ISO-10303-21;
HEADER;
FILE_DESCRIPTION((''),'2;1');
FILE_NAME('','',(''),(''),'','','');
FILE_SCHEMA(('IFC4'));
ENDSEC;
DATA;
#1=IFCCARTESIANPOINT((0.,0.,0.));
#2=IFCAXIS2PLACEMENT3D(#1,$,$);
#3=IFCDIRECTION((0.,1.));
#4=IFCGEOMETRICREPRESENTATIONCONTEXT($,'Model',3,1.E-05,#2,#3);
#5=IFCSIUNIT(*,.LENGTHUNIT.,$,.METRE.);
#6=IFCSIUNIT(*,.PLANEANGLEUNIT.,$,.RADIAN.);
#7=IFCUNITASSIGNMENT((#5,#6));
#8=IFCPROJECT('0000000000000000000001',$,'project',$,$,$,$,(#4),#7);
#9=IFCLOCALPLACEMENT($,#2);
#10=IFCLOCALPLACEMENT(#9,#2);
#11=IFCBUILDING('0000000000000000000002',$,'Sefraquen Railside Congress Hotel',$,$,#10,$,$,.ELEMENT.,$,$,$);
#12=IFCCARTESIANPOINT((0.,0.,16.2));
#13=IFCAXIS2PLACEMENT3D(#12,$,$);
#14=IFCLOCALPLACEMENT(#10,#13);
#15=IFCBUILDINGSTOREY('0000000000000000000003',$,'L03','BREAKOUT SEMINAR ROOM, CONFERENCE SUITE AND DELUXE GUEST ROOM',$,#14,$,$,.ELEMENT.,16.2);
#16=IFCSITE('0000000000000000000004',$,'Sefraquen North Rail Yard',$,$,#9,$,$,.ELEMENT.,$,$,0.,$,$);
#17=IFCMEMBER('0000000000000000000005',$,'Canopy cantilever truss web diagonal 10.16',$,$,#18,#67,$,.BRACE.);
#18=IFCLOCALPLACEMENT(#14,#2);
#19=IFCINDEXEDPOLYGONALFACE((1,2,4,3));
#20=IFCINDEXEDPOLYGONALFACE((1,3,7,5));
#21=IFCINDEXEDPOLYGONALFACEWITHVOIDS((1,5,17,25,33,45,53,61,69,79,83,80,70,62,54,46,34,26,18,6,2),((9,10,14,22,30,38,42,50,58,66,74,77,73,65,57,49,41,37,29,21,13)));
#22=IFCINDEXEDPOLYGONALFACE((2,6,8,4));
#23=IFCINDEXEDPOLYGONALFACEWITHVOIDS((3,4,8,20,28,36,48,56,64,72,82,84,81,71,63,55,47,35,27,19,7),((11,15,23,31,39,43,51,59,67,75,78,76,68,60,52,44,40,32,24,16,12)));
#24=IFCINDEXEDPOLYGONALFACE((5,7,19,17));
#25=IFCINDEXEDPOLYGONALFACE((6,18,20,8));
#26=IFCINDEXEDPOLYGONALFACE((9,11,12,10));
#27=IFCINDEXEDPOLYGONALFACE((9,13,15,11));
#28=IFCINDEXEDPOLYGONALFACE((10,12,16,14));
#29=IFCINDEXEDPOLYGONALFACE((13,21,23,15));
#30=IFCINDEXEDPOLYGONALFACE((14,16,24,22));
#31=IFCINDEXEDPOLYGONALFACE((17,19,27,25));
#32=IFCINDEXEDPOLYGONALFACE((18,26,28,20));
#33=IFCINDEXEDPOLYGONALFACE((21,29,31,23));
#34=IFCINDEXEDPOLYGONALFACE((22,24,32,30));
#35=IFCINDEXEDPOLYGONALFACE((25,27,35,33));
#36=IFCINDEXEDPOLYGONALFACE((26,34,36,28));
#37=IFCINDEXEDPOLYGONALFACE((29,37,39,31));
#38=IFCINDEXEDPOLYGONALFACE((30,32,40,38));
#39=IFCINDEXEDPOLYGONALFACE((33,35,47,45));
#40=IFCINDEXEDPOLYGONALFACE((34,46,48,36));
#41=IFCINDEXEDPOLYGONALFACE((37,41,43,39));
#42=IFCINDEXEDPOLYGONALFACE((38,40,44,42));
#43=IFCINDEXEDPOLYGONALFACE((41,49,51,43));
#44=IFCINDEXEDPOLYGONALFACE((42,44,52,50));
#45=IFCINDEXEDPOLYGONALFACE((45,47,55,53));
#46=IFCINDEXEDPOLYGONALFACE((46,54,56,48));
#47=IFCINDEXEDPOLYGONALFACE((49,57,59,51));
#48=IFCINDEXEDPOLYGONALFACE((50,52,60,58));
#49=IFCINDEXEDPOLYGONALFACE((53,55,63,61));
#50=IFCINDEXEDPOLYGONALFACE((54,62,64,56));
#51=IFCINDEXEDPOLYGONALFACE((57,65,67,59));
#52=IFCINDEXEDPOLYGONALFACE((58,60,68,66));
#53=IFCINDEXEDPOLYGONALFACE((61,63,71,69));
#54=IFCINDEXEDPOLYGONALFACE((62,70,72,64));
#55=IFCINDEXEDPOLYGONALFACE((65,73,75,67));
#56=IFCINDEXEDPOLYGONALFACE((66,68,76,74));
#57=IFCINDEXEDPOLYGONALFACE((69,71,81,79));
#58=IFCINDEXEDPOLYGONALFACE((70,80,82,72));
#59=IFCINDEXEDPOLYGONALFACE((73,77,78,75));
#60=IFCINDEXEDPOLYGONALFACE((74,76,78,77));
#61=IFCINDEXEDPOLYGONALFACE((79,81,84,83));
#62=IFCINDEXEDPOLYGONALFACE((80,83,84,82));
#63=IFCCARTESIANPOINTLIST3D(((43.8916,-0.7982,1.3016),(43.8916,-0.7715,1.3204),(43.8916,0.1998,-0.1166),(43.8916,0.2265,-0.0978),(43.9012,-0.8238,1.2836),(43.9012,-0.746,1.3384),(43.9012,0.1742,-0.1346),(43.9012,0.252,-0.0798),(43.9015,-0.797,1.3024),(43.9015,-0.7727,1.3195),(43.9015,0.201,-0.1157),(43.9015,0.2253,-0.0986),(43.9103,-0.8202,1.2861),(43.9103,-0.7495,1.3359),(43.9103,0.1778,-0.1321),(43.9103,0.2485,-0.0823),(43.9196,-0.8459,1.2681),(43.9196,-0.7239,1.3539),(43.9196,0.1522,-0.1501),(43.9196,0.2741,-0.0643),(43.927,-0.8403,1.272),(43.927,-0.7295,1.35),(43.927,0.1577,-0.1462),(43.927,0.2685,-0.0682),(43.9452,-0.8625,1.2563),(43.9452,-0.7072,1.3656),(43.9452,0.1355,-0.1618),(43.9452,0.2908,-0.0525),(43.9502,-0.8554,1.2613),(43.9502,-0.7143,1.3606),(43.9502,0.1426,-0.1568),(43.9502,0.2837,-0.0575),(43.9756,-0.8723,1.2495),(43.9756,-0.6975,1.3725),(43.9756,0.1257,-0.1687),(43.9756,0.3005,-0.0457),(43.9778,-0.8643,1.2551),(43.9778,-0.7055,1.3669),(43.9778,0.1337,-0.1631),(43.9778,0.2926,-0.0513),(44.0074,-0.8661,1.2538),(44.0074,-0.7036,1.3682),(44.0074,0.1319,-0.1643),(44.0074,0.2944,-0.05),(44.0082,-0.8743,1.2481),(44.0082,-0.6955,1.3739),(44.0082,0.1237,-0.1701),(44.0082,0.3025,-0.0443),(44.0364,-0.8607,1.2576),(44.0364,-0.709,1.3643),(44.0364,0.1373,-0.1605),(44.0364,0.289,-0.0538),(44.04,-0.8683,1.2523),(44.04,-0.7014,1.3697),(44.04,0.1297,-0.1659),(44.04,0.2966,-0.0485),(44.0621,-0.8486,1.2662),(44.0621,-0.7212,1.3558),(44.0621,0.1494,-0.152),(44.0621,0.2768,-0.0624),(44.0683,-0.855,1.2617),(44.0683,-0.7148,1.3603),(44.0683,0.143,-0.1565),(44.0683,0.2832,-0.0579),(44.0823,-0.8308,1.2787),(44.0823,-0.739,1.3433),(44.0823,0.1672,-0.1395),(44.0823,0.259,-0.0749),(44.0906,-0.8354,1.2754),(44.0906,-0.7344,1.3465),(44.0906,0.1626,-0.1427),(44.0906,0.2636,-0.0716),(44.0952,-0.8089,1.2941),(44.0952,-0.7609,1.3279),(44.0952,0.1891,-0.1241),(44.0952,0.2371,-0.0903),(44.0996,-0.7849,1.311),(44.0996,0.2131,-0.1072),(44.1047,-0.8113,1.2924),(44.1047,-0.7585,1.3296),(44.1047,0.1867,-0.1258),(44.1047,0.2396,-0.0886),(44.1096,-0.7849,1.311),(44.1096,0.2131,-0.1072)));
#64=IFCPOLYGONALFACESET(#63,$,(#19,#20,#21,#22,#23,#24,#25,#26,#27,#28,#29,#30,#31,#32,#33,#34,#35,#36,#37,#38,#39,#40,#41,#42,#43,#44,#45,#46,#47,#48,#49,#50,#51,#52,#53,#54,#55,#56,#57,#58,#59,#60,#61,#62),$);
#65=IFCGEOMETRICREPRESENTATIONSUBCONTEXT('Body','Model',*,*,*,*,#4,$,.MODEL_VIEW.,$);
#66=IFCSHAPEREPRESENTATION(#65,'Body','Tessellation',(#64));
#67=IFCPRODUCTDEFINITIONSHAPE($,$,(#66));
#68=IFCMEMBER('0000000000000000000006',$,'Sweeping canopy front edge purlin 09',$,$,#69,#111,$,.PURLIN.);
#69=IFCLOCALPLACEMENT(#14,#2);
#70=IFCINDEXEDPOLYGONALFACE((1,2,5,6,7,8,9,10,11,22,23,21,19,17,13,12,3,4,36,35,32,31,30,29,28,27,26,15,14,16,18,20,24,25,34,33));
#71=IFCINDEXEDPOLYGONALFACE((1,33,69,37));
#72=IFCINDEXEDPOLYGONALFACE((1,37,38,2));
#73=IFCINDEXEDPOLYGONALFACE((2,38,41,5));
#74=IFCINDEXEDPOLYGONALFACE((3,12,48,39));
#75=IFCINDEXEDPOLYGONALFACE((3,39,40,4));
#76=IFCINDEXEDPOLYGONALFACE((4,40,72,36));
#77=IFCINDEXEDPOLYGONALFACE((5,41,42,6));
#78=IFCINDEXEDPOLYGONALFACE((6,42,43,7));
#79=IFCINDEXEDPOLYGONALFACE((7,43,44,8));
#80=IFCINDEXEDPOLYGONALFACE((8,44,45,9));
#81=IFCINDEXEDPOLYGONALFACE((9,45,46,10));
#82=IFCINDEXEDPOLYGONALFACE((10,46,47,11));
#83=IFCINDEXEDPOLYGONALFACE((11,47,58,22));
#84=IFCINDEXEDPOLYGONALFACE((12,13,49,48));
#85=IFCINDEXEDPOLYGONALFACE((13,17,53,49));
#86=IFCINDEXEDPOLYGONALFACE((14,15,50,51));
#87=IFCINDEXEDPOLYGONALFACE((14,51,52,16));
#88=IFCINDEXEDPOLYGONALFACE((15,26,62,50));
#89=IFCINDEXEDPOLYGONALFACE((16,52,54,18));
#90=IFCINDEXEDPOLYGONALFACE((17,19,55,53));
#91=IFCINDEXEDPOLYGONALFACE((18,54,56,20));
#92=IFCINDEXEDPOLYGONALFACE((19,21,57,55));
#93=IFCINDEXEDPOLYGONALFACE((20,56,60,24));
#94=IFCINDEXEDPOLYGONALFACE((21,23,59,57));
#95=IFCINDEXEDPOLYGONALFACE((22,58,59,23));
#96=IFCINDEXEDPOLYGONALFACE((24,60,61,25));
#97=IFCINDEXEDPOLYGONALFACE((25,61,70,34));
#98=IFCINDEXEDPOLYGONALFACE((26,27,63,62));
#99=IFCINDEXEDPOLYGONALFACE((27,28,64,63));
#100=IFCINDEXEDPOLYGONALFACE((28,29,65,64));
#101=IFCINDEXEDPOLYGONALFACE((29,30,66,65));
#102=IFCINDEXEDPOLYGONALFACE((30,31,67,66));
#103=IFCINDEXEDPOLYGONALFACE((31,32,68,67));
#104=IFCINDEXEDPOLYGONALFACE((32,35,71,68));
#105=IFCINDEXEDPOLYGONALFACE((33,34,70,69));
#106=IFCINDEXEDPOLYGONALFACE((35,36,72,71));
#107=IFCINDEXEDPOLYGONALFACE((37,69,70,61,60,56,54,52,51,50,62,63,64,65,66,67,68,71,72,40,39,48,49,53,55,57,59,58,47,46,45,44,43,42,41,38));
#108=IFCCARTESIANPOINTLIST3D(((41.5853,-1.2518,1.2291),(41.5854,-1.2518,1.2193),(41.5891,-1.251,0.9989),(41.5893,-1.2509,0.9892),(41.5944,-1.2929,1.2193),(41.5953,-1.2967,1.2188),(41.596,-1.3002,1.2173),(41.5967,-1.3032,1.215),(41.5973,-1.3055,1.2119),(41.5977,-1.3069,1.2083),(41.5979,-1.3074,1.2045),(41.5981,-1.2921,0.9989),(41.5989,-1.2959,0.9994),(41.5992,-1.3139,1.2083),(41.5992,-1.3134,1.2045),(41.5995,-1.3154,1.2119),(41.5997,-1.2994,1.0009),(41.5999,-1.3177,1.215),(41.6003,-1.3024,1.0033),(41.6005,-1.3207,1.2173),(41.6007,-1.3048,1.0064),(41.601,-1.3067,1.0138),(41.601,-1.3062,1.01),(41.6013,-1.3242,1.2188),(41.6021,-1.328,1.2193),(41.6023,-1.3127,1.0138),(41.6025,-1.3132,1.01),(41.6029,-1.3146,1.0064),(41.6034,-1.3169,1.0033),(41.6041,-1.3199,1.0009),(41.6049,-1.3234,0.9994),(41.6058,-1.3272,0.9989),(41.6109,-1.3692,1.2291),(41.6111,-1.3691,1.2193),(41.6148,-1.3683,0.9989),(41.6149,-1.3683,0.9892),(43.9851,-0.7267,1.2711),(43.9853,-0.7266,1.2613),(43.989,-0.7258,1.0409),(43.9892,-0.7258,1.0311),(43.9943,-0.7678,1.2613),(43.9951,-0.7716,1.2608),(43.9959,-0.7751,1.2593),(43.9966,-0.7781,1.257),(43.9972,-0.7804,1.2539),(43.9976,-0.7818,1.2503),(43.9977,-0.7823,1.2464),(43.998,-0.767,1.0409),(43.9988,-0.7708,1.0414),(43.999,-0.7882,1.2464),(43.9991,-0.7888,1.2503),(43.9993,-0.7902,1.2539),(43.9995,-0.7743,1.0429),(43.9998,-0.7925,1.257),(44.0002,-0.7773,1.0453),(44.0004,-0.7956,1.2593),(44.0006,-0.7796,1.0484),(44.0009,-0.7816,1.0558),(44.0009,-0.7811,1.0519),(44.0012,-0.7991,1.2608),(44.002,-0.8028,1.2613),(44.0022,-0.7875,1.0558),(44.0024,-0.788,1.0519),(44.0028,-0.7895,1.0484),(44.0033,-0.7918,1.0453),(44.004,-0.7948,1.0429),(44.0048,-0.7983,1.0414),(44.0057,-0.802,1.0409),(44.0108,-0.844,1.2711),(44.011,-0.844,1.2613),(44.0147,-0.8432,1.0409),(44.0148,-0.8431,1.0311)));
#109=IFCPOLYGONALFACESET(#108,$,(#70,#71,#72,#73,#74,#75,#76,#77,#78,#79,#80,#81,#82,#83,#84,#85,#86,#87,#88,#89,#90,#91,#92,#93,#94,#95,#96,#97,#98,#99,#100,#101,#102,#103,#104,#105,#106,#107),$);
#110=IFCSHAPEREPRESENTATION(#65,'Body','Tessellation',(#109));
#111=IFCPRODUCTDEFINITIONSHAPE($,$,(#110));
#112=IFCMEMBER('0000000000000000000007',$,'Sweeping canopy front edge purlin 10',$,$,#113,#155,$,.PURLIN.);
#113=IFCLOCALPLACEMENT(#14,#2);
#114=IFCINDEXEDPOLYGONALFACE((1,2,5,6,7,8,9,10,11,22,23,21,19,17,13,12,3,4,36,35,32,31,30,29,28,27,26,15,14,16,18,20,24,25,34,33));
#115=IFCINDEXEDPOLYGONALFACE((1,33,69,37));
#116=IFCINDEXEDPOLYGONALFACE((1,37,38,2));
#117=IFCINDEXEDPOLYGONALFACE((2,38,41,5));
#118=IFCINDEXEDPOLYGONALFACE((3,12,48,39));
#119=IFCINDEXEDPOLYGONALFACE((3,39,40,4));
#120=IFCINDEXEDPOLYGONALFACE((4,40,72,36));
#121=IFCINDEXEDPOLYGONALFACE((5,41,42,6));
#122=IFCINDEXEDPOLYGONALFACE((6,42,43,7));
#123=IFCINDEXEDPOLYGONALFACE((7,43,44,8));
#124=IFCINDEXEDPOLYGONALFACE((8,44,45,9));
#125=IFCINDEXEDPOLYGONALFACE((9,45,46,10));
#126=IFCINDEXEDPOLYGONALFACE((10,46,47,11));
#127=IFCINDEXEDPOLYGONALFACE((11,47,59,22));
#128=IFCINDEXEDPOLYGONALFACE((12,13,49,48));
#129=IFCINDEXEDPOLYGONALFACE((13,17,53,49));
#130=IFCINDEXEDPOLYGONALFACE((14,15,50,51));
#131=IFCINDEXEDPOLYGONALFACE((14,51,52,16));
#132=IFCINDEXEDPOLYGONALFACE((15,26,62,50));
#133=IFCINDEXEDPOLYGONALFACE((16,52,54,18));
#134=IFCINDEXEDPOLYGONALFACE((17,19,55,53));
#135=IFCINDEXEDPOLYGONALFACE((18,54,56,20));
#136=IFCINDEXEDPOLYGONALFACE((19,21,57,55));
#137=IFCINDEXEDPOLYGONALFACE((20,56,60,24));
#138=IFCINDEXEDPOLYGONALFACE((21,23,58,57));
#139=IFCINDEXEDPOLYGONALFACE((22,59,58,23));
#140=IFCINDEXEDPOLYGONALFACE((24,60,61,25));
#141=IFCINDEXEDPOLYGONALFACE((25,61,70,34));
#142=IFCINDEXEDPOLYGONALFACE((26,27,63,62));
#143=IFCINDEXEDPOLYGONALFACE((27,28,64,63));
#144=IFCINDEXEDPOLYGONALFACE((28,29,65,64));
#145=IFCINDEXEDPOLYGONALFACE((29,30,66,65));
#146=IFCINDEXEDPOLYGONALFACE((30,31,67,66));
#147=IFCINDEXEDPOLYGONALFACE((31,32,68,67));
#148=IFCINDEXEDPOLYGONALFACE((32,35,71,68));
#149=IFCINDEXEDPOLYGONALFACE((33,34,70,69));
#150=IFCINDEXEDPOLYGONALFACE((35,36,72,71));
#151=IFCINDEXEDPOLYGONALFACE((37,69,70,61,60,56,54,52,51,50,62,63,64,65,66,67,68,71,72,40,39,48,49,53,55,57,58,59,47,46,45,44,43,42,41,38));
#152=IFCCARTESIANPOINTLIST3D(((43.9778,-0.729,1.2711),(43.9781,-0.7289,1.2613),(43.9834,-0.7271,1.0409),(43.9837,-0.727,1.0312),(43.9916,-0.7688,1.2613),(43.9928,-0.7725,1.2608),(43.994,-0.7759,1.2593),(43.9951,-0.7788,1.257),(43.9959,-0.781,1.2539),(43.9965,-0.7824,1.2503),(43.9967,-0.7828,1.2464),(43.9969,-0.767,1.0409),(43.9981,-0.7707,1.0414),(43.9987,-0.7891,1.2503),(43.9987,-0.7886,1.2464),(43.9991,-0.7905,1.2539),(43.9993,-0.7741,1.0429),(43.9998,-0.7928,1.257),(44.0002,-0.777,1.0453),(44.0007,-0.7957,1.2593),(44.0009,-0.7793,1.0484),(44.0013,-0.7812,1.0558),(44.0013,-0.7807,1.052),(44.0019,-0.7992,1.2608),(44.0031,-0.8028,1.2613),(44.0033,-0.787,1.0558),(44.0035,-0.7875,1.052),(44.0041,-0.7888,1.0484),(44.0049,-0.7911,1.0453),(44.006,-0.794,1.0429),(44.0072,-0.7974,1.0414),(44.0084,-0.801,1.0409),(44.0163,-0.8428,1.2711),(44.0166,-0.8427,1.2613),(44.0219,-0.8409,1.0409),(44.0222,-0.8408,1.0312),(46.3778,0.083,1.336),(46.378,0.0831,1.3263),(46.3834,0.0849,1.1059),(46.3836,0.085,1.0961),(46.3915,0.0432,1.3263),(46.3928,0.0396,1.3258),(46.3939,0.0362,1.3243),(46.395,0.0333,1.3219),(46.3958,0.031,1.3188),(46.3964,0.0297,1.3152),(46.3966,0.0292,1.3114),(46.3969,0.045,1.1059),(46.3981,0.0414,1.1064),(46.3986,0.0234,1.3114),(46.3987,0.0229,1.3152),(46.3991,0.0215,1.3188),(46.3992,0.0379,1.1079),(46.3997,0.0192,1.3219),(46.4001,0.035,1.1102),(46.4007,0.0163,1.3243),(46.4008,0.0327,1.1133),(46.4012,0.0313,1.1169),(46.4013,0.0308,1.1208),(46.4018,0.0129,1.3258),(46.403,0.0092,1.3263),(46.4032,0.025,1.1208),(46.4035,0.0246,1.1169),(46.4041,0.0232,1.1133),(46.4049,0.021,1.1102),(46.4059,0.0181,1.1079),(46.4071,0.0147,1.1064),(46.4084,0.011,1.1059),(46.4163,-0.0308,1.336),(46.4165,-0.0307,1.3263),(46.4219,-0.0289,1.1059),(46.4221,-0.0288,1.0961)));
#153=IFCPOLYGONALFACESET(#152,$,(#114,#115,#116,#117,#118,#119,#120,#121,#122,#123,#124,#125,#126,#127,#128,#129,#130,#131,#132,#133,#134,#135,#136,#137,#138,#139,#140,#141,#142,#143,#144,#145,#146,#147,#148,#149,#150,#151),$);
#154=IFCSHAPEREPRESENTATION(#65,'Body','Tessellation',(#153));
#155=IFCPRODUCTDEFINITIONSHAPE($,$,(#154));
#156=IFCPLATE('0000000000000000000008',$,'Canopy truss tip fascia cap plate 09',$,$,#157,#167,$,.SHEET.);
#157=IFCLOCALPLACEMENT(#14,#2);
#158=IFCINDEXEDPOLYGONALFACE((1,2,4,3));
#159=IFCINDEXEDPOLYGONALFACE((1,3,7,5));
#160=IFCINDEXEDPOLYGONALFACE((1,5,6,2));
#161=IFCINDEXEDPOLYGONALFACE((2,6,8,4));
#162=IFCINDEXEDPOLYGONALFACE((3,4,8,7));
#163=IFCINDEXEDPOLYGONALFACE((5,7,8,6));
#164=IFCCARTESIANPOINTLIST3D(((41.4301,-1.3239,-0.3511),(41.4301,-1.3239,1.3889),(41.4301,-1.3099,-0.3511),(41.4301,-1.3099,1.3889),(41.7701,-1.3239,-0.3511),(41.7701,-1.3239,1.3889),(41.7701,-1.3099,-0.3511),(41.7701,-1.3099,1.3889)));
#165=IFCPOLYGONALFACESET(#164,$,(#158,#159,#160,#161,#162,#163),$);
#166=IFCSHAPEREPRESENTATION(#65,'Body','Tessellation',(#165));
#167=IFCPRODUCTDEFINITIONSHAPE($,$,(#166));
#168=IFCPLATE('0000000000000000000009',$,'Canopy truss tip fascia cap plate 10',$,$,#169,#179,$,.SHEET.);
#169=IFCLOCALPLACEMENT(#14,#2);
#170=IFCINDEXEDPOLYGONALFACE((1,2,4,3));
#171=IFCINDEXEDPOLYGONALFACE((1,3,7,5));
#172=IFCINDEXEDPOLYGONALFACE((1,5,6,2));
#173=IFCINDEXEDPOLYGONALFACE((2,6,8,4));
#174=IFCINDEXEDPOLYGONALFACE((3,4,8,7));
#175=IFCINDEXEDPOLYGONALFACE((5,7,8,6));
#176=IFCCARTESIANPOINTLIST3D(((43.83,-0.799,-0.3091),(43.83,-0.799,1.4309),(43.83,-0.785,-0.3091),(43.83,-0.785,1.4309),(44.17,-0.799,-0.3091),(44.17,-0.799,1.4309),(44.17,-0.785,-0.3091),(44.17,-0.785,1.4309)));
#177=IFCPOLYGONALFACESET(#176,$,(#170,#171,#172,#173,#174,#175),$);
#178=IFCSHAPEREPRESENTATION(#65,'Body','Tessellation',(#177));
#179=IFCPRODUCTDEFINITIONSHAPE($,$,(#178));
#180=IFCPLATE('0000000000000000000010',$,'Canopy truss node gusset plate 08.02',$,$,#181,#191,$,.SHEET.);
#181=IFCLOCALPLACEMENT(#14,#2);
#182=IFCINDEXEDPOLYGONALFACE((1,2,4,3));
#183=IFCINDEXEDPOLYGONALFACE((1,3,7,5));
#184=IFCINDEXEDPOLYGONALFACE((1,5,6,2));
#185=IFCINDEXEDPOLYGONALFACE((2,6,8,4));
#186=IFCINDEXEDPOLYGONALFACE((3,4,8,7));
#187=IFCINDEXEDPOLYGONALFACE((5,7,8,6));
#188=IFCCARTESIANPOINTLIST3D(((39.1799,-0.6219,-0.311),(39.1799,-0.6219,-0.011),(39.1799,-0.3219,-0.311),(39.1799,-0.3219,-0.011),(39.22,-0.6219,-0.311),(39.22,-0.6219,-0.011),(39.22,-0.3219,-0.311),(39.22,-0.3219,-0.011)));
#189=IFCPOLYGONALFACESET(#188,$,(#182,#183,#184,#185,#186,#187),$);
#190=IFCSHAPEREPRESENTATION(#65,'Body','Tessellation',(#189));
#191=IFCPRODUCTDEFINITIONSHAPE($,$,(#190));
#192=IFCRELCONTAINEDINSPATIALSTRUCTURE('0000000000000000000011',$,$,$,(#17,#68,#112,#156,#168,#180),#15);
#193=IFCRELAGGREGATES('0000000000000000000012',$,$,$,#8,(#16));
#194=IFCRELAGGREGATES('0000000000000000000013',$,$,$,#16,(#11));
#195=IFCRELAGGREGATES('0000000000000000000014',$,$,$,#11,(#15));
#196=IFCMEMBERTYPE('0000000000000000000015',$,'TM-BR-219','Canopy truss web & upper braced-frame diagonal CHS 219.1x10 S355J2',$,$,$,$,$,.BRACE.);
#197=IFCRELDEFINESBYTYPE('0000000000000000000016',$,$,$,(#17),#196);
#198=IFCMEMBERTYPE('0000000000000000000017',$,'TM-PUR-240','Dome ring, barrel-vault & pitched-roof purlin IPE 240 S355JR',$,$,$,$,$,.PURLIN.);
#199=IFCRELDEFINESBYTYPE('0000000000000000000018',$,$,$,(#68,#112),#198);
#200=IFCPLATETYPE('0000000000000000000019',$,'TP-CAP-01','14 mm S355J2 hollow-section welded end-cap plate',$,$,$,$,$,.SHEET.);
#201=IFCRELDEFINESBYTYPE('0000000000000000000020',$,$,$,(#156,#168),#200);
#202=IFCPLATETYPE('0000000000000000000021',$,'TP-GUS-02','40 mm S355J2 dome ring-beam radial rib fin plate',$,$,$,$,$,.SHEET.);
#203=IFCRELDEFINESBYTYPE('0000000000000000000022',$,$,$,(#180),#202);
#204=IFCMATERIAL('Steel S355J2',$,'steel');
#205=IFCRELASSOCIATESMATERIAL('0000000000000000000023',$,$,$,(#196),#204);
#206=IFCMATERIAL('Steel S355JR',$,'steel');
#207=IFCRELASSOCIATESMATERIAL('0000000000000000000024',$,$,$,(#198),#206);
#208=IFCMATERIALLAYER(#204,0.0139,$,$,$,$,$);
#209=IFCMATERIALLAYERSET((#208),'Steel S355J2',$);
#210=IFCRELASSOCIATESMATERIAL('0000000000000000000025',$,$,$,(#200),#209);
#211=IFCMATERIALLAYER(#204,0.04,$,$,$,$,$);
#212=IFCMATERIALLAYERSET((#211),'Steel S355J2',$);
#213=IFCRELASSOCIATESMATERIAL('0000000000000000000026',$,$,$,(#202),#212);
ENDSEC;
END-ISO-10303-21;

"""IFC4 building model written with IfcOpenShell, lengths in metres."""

from ifc_helpers import new_model, si_unit, direction, frame, origin, origin_2d, place, context, subcontext, project, spatial, rectangle, hollow_circle, i_section, extrude, material, layer, layer_set, material_profile, profile_set, type_object, element, save


model = new_model("IFC4")

# Units and contexts
model_context = context("Model", 3, precision=1e-05, world=origin(), true_north=direction((0.0, 1.0)))
body_context = subcontext(model_context, "Body", "Model", "MODEL_VIEW")
ifc_project = project(units=[si_unit("LENGTHUNIT", "METRE"), si_unit("PLANEANGLEUNIT", "RADIAN")], contexts=[model_context])

# Site, building, storey
site_placement = place(None, origin())
site = spatial("IfcSite", under=ifc_project, at=site_placement, Name="Sefraquen North Rail Yard", CompositionType="ELEMENT", RefElevation=0.0)
building_placement = place(site_placement, origin())
building = spatial("IfcBuilding", under=site, at=building_placement, Name="Sefraquen Railside Congress Hotel", CompositionType="ELEMENT")
storey_placement = place(building_placement, frame((0.0, 0.0, 16.2)))
storey = spatial("IfcBuildingStorey", under=building, at=storey_placement, Name="L03", Description="BREAKOUT SEMINAR ROOM, CONFERENCE SUITE AND DELUXE GUEST ROOM", CompositionType="ELEMENT", Elevation=16.2)

# Members
ifc_material_1 = material(Name="Steel S355J2", Category="steel")
ifc_material_profile_1 = material_profile(ifc_material_1, hollow_circle(Radius=0.1096, WallThickness=0.01, at=origin_2d()), Name="CHS 219.1x10")
ifc_profile_set_1 = profile_set([ifc_material_profile_1], Name="Steel S355J2")
member_type_1 = type_object("IfcMemberType", Name="TM-BR-219", Description="Canopy truss web & upper braced-frame diagonal CHS 219.1x10 S355J2", PredefinedType="BRACE", material=ifc_profile_set_1)
member_1_placement = place(storey_placement, frame((44.0, 0.2131, -0.1072), z_axis=(0.0, -0.575511, 0.817794), x_axis=(1.0, 0.0, 0.0)))
element("IfcMember", 1, at=member_1_placement, inside=storey, type_object=member_type_1, Name="Canopy cantilever truss web diagonal 10.16", PredefinedType="BRACE", context=body_context, shape_type="SweptSolid", body=[
    extrude(hollow_circle(Radius=0.1096, WallThickness=0.01, at=origin_2d()), origin(), (0.0, 0.0, 1.0), 1.7341),
])
ifc_material_2 = material(Name="Steel S355JR", Category="steel")
ifc_material_profile_2 = material_profile(ifc_material_2, i_section(OverallWidth=0.1201, OverallDepth=0.24, WebThickness=0.0061, FlangeThickness=0.0098, FilletRadius=0.0149, at=origin_2d()), Name="IPE 240")
ifc_profile_set_2 = profile_set([ifc_material_profile_2], Name="Steel S355JR")
member_type_2 = type_object("IfcMemberType", Name="TM-PUR-240", Description="Dome ring, barrel-vault & pitched-roof purlin IPE 240 S355JR", PredefinedType="PURLIN", material=ifc_profile_set_2)
member_2_placement = place(storey_placement, frame((41.6001, -1.3101, 1.1091), z_axis=(0.976743, 0.213731, 0.017091), x_axis=(-0.213762, 0.976886, 0.0)))
element("IfcMember", 2, at=member_2_placement, inside=storey, type_object=member_type_2, Name="Sweeping canopy front edge purlin 09", PredefinedType="PURLIN", context=body_context, shape_type="SweptSolid", body=[
    extrude(i_section(OverallWidth=0.1201, OverallDepth=0.24, WebThickness=0.0061, FlangeThickness=0.0098, FilletRadius=0.0149, at=origin_2d()), origin(), (0.0, 0.0, 1.0), 2.457),
])
member_3_placement = place(storey_placement, frame((44.0, -0.7849, 1.1511), z_axis=(0.946936, 0.320398, 0.025624), x_axis=(-0.320503, 0.947247, 0.0)))
element("IfcMember", 3, at=member_3_placement, inside=storey, type_object=member_type_2, Name="Sweeping canopy front edge purlin 10", PredefinedType="PURLIN", context=body_context, shape_type="SweptSolid", body=[
    extrude(i_section(OverallWidth=0.1201, OverallDepth=0.24, WebThickness=0.0061, FlangeThickness=0.0098, FilletRadius=0.0149, at=origin_2d()), origin(), (0.0, 0.0, 1.0), 2.5344),
])

# Plates
ifc_layer_1 = layer(ifc_material_1, 0.0139)
ifc_layer_set_1 = layer_set([ifc_layer_1], Name="Steel S355J2")
plate_type_1 = type_object("IfcPlateType", Name="TP-CAP-01", Description="14 mm S355J2 hollow-section welded end-cap plate", PredefinedType="SHEET", material=ifc_layer_set_1)
for number, where, z_axis, x_axis, name in (
    (4, (41.6001, -1.3169, -0.3511), (0.0, 0.0, 1.0), (1.0, 0.0, 0.0), "Canopy truss tip fascia cap plate 09"),
    (5, (44.0, -0.792, -0.3091), (0.0, 0.0, 1.0), (1.0, 0.0, 0.0), "Canopy truss tip fascia cap plate 10"),
):
    element("IfcPlate", number, at=place(storey_placement, frame(where, z_axis=z_axis, x_axis=x_axis)), inside=storey, type_object=plate_type_1, Name=name, PredefinedType="SHEET", context=body_context, shape_type="SweptSolid", body=[
        extrude(rectangle(XDim=0.3401, YDim=0.0139, at=origin_2d()), origin(), (0.0, 0.0, 1.0), 1.74),
    ])
ifc_layer_2 = layer(ifc_material_1, 0.04)
ifc_layer_set_2 = layer_set([ifc_layer_2], Name="Steel S355J2")
plate_type_2 = type_object("IfcPlateType", Name="TP-GUS-02", Description="40 mm S355J2 dome ring-beam radial rib fin plate", PredefinedType="SHEET", material=ifc_layer_set_2)
for number, where, z_axis, x_axis, name in (
    (6, (39.2, -0.4719, -0.311), (0.0, 0.0, 1.0), (1.0, 0.0, 0.0), "Canopy truss node gusset plate 08.02"),
):
    element("IfcPlate", number, at=place(storey_placement, frame(where, z_axis=z_axis, x_axis=x_axis)), inside=storey, type_object=plate_type_2, Name=name, PredefinedType="SHEET", context=body_context, shape_type="SweptSolid", body=[
        extrude(rectangle(XDim=0.04, YDim=0.3, at=origin_2d()), origin(), (0.0, 0.0, 1.0), 0.3),
    ])

save(model, "model.ifc")
